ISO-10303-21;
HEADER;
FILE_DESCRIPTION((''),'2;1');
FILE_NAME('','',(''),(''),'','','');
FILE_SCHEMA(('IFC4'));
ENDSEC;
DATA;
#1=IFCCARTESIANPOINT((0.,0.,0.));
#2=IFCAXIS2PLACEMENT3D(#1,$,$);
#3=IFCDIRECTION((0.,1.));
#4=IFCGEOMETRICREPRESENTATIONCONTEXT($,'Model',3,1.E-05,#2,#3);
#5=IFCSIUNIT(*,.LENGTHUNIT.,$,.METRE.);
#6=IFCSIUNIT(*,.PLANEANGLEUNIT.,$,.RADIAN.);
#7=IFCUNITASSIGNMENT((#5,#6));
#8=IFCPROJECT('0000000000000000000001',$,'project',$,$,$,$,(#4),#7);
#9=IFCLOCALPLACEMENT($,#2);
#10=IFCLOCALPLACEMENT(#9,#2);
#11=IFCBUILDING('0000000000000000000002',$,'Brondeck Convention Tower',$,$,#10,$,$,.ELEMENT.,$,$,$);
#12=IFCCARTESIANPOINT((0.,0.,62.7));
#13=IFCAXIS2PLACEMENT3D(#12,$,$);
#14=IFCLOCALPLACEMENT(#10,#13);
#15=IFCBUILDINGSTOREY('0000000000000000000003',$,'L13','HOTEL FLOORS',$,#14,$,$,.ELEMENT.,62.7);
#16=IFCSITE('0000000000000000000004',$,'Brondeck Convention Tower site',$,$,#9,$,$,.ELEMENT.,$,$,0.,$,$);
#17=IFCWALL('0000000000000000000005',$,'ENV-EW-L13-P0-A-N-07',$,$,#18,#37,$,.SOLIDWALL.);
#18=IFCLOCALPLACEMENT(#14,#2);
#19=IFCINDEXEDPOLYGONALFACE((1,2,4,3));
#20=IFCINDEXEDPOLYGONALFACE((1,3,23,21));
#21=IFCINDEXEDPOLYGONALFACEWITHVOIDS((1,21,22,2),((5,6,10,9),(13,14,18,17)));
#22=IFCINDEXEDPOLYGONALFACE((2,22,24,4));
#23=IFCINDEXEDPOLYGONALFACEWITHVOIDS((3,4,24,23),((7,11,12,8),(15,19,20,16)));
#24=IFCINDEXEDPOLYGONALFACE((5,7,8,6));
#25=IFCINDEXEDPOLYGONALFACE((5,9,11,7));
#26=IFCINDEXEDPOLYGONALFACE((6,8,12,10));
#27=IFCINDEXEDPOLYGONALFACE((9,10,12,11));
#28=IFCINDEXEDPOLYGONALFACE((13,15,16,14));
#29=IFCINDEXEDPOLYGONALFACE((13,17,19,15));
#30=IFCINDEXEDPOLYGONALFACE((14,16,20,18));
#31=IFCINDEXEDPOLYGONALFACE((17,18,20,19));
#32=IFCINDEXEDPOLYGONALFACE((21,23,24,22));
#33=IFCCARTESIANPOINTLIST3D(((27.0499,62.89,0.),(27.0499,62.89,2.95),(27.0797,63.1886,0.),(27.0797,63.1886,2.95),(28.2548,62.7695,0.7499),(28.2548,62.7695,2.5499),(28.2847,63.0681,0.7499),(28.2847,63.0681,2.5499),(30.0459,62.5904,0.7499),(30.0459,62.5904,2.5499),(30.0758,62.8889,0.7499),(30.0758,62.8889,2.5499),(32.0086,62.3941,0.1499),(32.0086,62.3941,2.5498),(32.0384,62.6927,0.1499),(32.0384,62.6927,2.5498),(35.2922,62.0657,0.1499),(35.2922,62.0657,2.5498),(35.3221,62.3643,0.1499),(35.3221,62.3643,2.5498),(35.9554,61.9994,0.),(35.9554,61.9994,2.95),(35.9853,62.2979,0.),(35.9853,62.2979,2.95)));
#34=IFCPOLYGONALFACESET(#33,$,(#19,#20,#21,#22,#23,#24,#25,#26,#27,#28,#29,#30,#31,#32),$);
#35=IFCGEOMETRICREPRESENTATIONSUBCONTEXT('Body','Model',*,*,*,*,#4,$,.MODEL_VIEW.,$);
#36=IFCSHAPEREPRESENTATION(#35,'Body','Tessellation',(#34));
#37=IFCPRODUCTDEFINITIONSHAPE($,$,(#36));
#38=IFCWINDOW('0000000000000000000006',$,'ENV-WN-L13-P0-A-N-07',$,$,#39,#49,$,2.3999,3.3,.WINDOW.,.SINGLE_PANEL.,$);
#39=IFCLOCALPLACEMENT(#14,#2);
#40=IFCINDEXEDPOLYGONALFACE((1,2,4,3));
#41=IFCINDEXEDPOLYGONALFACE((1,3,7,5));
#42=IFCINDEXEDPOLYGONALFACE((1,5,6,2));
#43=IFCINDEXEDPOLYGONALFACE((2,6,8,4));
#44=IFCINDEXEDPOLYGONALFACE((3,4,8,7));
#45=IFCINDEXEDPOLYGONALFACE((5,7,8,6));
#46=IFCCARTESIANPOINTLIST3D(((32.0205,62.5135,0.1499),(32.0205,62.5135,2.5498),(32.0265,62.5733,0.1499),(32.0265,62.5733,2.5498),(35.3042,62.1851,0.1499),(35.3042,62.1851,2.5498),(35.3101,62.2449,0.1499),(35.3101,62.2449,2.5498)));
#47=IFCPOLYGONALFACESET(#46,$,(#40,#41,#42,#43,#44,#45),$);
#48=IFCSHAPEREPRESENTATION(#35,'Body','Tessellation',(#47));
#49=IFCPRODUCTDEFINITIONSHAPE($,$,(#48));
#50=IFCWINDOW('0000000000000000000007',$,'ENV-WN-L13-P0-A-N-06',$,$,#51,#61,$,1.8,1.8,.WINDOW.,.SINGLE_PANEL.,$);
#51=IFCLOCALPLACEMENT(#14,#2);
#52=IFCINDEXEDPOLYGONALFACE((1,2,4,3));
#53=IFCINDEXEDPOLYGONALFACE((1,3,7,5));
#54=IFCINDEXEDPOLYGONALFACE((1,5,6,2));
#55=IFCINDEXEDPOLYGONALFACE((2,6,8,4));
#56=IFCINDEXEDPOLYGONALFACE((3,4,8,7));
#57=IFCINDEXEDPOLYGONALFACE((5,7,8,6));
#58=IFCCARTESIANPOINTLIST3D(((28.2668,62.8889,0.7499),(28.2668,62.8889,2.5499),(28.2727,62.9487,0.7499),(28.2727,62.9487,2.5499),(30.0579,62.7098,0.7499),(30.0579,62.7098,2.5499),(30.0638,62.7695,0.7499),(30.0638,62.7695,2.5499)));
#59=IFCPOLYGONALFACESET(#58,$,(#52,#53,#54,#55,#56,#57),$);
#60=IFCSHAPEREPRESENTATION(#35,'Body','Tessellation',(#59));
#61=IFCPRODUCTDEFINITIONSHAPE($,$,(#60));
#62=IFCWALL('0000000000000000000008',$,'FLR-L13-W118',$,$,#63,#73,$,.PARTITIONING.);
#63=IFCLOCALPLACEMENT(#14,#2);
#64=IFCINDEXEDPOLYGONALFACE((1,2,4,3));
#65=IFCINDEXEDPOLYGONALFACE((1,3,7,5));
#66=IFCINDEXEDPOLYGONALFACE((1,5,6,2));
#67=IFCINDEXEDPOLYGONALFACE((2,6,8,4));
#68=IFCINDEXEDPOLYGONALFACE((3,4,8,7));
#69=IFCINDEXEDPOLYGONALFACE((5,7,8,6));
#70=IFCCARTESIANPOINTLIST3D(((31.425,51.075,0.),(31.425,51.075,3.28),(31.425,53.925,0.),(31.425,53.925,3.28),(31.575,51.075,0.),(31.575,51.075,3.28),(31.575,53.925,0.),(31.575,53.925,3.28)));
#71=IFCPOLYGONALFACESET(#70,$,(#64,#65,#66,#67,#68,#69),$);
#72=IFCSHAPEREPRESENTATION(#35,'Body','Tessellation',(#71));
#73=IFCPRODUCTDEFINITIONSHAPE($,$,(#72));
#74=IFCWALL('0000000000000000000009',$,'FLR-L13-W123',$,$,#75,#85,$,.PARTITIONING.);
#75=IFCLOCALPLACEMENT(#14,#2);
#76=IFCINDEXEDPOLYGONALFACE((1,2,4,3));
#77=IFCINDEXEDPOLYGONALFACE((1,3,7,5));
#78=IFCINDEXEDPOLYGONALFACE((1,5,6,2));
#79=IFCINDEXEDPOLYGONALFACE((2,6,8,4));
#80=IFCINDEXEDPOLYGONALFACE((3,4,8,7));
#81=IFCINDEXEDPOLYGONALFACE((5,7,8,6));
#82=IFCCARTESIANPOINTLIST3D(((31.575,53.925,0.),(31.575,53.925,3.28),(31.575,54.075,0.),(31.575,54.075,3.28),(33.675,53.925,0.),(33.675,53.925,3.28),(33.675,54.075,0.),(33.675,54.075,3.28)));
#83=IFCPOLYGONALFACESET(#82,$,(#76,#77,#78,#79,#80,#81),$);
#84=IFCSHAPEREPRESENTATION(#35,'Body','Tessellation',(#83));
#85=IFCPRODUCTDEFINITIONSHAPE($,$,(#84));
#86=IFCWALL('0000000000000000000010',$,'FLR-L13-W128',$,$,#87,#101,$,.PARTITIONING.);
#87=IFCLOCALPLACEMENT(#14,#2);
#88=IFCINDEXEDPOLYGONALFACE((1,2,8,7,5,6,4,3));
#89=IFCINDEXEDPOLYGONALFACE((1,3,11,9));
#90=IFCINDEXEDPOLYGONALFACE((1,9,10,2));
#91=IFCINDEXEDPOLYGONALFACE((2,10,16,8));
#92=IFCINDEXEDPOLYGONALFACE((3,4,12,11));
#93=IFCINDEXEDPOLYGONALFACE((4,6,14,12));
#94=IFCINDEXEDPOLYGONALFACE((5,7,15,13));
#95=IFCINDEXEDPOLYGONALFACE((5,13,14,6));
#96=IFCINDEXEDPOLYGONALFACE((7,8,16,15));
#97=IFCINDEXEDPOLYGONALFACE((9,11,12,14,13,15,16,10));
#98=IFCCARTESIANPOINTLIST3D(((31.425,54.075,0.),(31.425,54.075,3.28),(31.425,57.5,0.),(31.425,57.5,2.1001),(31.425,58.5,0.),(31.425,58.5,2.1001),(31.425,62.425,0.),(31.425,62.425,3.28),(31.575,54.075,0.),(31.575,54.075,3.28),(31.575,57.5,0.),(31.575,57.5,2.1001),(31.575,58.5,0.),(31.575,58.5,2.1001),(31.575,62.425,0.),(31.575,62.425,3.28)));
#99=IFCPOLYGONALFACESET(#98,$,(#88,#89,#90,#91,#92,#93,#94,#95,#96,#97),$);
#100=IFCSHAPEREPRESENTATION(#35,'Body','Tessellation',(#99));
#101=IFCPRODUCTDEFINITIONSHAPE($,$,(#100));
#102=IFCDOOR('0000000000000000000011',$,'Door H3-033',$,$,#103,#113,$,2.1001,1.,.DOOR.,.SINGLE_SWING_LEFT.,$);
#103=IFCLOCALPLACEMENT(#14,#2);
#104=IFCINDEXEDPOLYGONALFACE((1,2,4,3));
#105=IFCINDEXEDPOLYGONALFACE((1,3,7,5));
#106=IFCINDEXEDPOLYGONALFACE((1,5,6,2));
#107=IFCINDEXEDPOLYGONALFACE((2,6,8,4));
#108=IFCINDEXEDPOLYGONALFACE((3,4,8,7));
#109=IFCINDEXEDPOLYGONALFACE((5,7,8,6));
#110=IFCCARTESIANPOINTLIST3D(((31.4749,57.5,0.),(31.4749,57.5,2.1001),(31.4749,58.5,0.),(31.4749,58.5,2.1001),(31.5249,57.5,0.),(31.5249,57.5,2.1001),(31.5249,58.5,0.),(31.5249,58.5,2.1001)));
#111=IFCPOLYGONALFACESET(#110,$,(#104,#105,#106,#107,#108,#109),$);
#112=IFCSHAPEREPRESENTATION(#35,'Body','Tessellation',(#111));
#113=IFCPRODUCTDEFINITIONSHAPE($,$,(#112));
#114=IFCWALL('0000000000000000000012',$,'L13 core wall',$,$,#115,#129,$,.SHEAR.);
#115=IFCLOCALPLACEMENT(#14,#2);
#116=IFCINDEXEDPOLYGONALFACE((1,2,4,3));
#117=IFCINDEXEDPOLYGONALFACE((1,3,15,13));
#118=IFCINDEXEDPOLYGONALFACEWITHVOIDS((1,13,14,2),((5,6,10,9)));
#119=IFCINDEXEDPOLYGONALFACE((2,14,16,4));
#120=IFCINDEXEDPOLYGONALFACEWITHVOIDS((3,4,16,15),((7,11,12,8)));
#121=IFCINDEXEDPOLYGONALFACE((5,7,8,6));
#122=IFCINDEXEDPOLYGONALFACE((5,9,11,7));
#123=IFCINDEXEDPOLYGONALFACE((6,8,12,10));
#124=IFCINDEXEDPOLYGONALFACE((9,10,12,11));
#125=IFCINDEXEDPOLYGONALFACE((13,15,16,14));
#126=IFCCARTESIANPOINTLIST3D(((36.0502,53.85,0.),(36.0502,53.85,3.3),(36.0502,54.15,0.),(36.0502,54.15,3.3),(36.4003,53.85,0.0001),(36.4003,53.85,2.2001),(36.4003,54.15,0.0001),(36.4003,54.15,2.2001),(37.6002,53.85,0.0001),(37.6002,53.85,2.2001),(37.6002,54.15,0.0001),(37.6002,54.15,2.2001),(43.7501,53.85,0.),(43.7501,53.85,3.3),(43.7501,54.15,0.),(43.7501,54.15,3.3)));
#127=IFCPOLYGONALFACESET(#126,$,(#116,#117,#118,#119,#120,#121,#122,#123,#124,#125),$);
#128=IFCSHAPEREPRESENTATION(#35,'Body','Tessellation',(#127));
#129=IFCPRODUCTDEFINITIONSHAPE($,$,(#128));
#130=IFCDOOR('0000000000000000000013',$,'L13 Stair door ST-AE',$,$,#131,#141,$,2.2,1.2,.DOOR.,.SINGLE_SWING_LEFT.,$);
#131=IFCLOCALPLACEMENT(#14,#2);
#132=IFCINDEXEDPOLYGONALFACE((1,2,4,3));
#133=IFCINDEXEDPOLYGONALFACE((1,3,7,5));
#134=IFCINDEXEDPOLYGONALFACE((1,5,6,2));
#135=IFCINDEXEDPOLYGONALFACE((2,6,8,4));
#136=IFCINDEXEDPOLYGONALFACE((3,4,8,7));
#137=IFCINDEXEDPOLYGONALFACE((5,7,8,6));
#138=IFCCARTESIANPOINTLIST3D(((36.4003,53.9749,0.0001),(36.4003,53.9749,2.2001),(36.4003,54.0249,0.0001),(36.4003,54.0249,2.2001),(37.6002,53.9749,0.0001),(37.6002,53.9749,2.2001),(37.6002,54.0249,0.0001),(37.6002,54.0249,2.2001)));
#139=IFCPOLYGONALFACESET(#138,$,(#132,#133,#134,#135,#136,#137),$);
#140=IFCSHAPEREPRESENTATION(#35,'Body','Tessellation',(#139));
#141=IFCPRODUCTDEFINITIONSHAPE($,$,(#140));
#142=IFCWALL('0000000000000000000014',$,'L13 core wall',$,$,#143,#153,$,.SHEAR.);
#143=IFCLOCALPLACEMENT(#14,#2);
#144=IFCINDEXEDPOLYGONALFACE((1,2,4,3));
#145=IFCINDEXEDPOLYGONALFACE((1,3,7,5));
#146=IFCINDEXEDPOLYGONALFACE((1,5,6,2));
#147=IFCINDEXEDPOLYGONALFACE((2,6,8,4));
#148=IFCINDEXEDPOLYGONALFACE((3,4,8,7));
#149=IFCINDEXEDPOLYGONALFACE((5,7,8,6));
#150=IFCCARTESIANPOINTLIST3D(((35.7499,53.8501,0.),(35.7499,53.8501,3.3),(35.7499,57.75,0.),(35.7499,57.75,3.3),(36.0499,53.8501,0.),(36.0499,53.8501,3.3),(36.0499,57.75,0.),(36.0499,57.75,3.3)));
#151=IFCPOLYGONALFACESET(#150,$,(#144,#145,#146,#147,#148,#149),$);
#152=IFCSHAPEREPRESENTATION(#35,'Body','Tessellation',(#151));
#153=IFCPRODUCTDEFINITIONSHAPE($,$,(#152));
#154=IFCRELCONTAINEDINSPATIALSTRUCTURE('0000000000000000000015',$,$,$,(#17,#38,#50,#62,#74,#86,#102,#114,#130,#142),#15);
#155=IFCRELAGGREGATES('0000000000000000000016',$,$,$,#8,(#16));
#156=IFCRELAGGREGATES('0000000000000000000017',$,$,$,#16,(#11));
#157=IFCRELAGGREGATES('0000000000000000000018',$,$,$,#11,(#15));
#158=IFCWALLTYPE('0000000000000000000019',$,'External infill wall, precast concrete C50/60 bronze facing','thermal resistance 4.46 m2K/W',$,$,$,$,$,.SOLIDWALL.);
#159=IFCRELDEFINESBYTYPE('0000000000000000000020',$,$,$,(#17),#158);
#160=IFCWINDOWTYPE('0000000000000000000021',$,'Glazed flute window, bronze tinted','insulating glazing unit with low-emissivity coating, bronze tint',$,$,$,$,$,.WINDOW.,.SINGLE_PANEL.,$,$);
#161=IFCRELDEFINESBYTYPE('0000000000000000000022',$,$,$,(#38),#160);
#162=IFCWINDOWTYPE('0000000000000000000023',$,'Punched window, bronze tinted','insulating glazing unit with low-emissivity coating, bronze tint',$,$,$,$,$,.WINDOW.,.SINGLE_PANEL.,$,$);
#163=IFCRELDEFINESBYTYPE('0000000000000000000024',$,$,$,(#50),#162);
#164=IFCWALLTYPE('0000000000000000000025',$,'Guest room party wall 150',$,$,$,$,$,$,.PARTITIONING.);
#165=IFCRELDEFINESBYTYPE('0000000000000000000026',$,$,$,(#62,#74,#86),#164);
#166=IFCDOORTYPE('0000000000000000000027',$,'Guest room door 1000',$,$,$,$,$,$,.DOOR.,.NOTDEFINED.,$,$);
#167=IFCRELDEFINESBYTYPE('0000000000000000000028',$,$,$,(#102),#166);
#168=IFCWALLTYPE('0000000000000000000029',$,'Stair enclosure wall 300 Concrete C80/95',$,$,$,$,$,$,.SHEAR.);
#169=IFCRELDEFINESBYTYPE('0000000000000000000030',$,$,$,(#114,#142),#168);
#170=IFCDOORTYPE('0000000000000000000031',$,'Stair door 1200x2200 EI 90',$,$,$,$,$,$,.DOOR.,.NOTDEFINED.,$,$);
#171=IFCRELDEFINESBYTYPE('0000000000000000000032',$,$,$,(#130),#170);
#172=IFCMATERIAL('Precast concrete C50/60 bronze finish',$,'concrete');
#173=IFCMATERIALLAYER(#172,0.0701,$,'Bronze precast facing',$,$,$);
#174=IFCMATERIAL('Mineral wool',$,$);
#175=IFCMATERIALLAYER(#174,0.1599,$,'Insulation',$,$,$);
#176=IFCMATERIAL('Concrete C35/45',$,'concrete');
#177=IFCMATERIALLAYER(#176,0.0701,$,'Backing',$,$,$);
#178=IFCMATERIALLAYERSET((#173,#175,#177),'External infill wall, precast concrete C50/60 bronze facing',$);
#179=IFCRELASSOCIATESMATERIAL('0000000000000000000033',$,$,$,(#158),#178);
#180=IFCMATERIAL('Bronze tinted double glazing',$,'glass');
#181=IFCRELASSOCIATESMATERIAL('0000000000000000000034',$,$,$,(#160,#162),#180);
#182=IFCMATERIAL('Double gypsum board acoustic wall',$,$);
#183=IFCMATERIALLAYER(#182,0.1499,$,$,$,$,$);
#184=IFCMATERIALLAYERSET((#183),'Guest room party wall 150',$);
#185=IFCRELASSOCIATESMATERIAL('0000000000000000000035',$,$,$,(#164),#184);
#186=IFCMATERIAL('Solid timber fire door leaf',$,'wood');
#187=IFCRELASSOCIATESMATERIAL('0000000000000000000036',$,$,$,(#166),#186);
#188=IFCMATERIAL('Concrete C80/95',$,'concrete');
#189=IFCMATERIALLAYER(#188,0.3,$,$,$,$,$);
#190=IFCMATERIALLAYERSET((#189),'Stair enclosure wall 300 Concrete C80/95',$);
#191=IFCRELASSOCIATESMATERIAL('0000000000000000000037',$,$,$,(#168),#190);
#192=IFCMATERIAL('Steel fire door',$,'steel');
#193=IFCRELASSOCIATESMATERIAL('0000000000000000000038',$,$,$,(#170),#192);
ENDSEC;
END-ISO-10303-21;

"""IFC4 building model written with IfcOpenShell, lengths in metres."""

from ifc_helpers import new_model, si_unit, direction, frame, frame_2d, origin, place, context, subcontext, project, spatial, rectangle, extrude, material, layer, layer_set, type_object, element, fill, save


model = new_model("IFC4")

# Units and contexts
model_context = context("Model", 3, precision=1e-05, world=origin(), true_north=direction((0.0, 1.0)))
body_context = subcontext(model_context, "Body", "Model", "MODEL_VIEW")
ifc_project = project(units=[si_unit("LENGTHUNIT", "METRE"), si_unit("PLANEANGLEUNIT", "RADIAN")], contexts=[model_context])

# Site, building, storey
site_placement = place(None, origin())
site = spatial("IfcSite", under=ifc_project, at=site_placement, Name="Brondeck Convention Tower site", CompositionType="ELEMENT", RefElevation=0.0)
building_placement = place(site_placement, origin())
building = spatial("IfcBuilding", under=site, at=building_placement, Name="Brondeck Convention Tower", CompositionType="ELEMENT")
storey_placement = place(building_placement, frame((0.0, 0.0, 62.7)))
storey = spatial("IfcBuildingStorey", under=building, at=storey_placement, Name="L13", Description="HOTEL FLOORS", CompositionType="ELEMENT", Elevation=62.7)

# Shared definitions
ifc_material_1 = material(Name="Concrete C80/95", Category="concrete")

# Wall, openings, windows
ifc_material_2 = material(Name="Precast concrete C50/60 bronze finish", Category="concrete")
ifc_layer_1 = layer(ifc_material_2, 0.0701, Name="Bronze precast facing")
ifc_material_3 = material(Name="Mineral wool")
ifc_layer_2 = layer(ifc_material_3, 0.1599, Name="Insulation")
ifc_material_4 = material(Name="Concrete C35/45", Category="concrete")
ifc_layer_3 = layer(ifc_material_4, 0.0701, Name="Backing")
ifc_layer_set_1 = layer_set([ifc_layer_1, ifc_layer_2, ifc_layer_3], Name="External infill wall, precast concrete C50/60 bronze facing")
wall_type_1 = type_object("IfcWallType", Name="External infill wall, precast concrete C50/60 bronze facing", Description="thermal resistance 4.46 m2K/W", PredefinedType="SOLIDWALL", material=ifc_layer_set_1)
ifc_material_5 = material(Name="Bronze tinted double glazing", Category="glass")
window_type_1 = type_object("IfcWindowType", Name="Glazed flute window, bronze tinted", Description="insulating glazing unit with low-emissivity coating, bronze tint", PartitioningType="SINGLE_PANEL", PredefinedType="WINDOW", material=ifc_material_5)
window_type_2 = type_object("IfcWindowType", Name="Punched window, bronze tinted", Description="insulating glazing unit with low-emissivity coating, bronze tint", PartitioningType="SINGLE_PANEL", PredefinedType="WINDOW", material=ifc_material_5)
wall_1_placement = place(storey_placement, frame((27.0647, 63.0393, 0.0), z_axis=(0.0, 0.0, 1.0), x_axis=(0.995036, -0.099512, 0.0)))
wall_1 = element("IfcWall", 1, at=wall_1_placement, inside=storey, type_object=wall_type_1, Name="ENV-EW-L13-P0-A-N-07", PredefinedType="SOLIDWALL", context=body_context, shape_type="SweptSolid", body=[
    extrude(rectangle(XDim=8.95, YDim=0.3, at=frame_2d((4.4751, 0.0))), origin(), (0.0, 0.0, 1.0), 2.95),
])
opening_1_placement = place(wall_1_placement, frame((1.2112, 0.0, 0.75)))
opening_1 = element("IfcOpeningElement", 2, at=opening_1_placement, cuts=wall_1, PredefinedType="OPENING", context=body_context, shape_type="SweptSolid", body=[
    extrude(rectangle(XDim=1.8, YDim=1.8, at=frame_2d((0.8999, 0.8999))), frame((0.0, 0.1599, 0.0), z_axis=(0.0, -1.0, 0.0), x_axis=(1.0, 0.0, 0.0)), (0.0, 0.0, 1.0), 0.3201),
])
opening_2_placement = place(wall_1_placement, frame((4.9836, 0.0, 0.1499)))
opening_2 = element("IfcOpeningElement", 3, at=opening_2_placement, cuts=wall_1, PredefinedType="OPENING", context=body_context, shape_type="SweptSolid", body=[
    extrude(rectangle(XDim=3.3, YDim=2.3999, at=frame_2d((1.6499, 1.2))), frame((0.0, 0.1599, 0.0), z_axis=(0.0, -1.0, 0.0), x_axis=(1.0, 0.0, 0.0)), (0.0, 0.0, 1.0), 0.3201),
])
window_1_placement = place(opening_2_placement, origin())
window_1 = element("IfcWindow", 4, at=window_1_placement, inside=storey, type_object=window_type_1, Name="ENV-WN-L13-P0-A-N-07", OverallHeight=2.3999, OverallWidth=3.3, PartitioningType="SINGLE_PANEL", PredefinedType="WINDOW", context=body_context, shape_type="SweptSolid", body=[
    extrude(rectangle(XDim=3.3, YDim=2.3999, at=frame_2d((1.6499, 1.2))), frame((0.0, 0.03, 0.0), z_axis=(0.0, -1.0, 0.0), x_axis=(1.0, 0.0, 0.0)), (0.0, 0.0, 1.0), 0.0601),
])
fill(opening_2, window_1)
window_2_placement = place(opening_1_placement, origin())
window_2 = element("IfcWindow", 5, at=window_2_placement, inside=storey, type_object=window_type_2, Name="ENV-WN-L13-P0-A-N-06", OverallHeight=1.8, OverallWidth=1.8, PartitioningType="SINGLE_PANEL", PredefinedType="WINDOW", context=body_context, shape_type="SweptSolid", body=[
    extrude(rectangle(XDim=1.8, YDim=1.8, at=frame_2d((0.8999, 0.8999))), frame((0.0, 0.03, 0.0), z_axis=(0.0, -1.0, 0.0), x_axis=(1.0, 0.0, 0.0)), (0.0, 0.0, 1.0), 0.0601),
])
fill(opening_1, window_2)

# Walls
ifc_material_6 = material(Name="Double gypsum board acoustic wall")
ifc_layer_4 = layer(ifc_material_6, 0.1499)
ifc_layer_set_2 = layer_set([ifc_layer_4], Name="Guest room party wall 150")
wall_type_2 = type_object("IfcWallType", Name="Guest room party wall 150", PredefinedType="PARTITIONING", material=ifc_layer_set_2)
wall_2_placement = place(storey_placement, frame((31.5, 53.925, 0.0), z_axis=(0.0, 0.0, 1.0), x_axis=(0.0, -1.0, 0.0)))
element("IfcWall", 6, at=wall_2_placement, inside=storey, type_object=wall_type_2, Name="FLR-L13-W118", PredefinedType="PARTITIONING", context=body_context, shape_type="SweptSolid", body=[
    extrude(rectangle(XDim=2.8501, YDim=0.1499, at=frame_2d((1.425, 0.0))), origin(), (0.0, 0.0, 1.0), 3.28),
])
wall_3_placement = place(storey_placement, frame((33.675, 54.0, 0.0), z_axis=(0.0, 0.0, 1.0), x_axis=(-1.0, 0.0, 0.0)))
element("IfcWall", 7, at=wall_3_placement, inside=storey, type_object=wall_type_2, Name="FLR-L13-W123", PredefinedType="PARTITIONING", context=body_context, shape_type="SweptSolid", body=[
    extrude(rectangle(XDim=2.1001, YDim=0.1499, at=frame_2d((1.05, 0.0))), origin(), (0.0, 0.0, 1.0), 3.28),
])

# Walls, openings, doors
wall_4_placement = place(storey_placement, frame((31.5, 62.425, 0.0), z_axis=(0.0, 0.0, 1.0), x_axis=(0.0, -1.0, 0.0)))
wall_4 = element("IfcWall", 8, at=wall_4_placement, inside=storey, type_object=wall_type_2, Name="FLR-L13-W128", PredefinedType="PARTITIONING", context=body_context, shape_type="SweptSolid", body=[
    extrude(rectangle(XDim=8.3501, YDim=0.1499, at=frame_2d((4.175, 0.0))), origin(), (0.0, 0.0, 1.0), 3.28),
])
opening_3_placement = place(wall_4_placement, frame((3.925, 0.0, 0.0)))
opening_3 = element("IfcOpeningElement", 9, at=opening_3_placement, cuts=wall_4, PredefinedType="OPENING", context=body_context, shape_type="SweptSolid", body=[
    extrude(rectangle(XDim=1.0, YDim=2.1001, at=frame_2d((0.5, 1.05))), frame((0.0, 0.085, 0.0), z_axis=(0.0, -1.0, 0.0), x_axis=(1.0, 0.0, 0.0)), (0.0, 0.0, 1.0), 0.1699),
])
ifc_material_7 = material(Name="Solid timber fire door leaf", Category="wood")
door_type_1 = type_object("IfcDoorType", Name="Guest room door 1000", OperationType="NOTDEFINED", PredefinedType="DOOR", material=ifc_material_7)
door_1_placement = place(opening_3_placement, origin())
door_1 = element("IfcDoor", 10, at=door_1_placement, inside=storey, type_object=door_type_1, Name="Door H3-033", OperationType="SINGLE_SWING_LEFT", OverallHeight=2.1001, OverallWidth=1.0, PredefinedType="DOOR", context=body_context, shape_type="SweptSolid", body=[
    extrude(rectangle(XDim=1.0, YDim=2.1001, at=frame_2d((0.5, 1.05))), frame((0.0, 0.0249, 0.0), z_axis=(0.0, -1.0, 0.0), x_axis=(1.0, 0.0, 0.0)), (0.0, 0.0, 1.0), 0.05),
])
fill(opening_3, door_1)
ifc_layer_5 = layer(ifc_material_1, 0.3)
ifc_layer_set_3 = layer_set([ifc_layer_5], Name="Stair enclosure wall 300 Concrete C80/95")
wall_type_3 = type_object("IfcWallType", Name="Stair enclosure wall 300 Concrete C80/95", PredefinedType="SHEAR", material=ifc_layer_set_3)
wall_5_placement = place(storey_placement, frame((36.05, 54.0, 0.0), z_axis=(0.0, 0.0, 1.0), x_axis=(1.0, 0.0, 0.0)))
wall_5 = element("IfcWall", 11, at=wall_5_placement, inside=storey, type_object=wall_type_3, Name="L13 core wall", PredefinedType="SHEAR", context=body_context, shape_type="SweptSolid", body=[
    extrude(rectangle(XDim=7.7, YDim=0.3, at=frame_2d((3.8501, 0.0))), origin(), (0.0, 0.0, 1.0), 3.3),
])
opening_4_placement = place(wall_5_placement, frame((0.3501, 0.0, 0.0)))
opening_4 = element("IfcOpeningElement", 12, at=opening_4_placement, cuts=wall_5, PredefinedType="OPENING", context=body_context, shape_type="SweptSolid", body=[
    extrude(rectangle(XDim=1.2, YDim=2.2, at=frame_2d((0.6001, 1.1001))), frame((0.0, 0.1599, 0.0), z_axis=(0.0, -1.0, 0.0), x_axis=(1.0, 0.0, 0.0)), (0.0, 0.0, 1.0), 0.3201),
])
ifc_material_8 = material(Name="Steel fire door", Category="steel")
door_type_2 = type_object("IfcDoorType", Name="Stair door 1200x2200 EI 90", OperationType="NOTDEFINED", PredefinedType="DOOR", material=ifc_material_8)
door_2_placement = place(opening_4_placement, origin())
door_2 = element("IfcDoor", 13, at=door_2_placement, inside=storey, type_object=door_type_2, Name="L13 Stair door ST-AE", OperationType="SINGLE_SWING_LEFT", OverallHeight=2.2, OverallWidth=1.2, PredefinedType="DOOR", context=body_context, shape_type="SweptSolid", body=[
    extrude(rectangle(XDim=1.2, YDim=2.2, at=frame_2d((0.6001, 1.1001))), frame((0.0, 0.0249, 0.0), z_axis=(0.0, -1.0, 0.0), x_axis=(1.0, 0.0, 0.0)), (0.0, 0.0, 1.0), 0.05),
])
fill(opening_4, door_2)

# Wall
wall_6_placement = place(storey_placement, frame((35.8999, 53.8501, 0.0), z_axis=(0.0, 0.0, 1.0), x_axis=(0.0, 1.0, 0.0)))
element("IfcWall", 14, at=wall_6_placement, inside=storey, type_object=wall_type_3, Name="L13 core wall", PredefinedType="SHEAR", context=body_context, shape_type="SweptSolid", body=[
    extrude(rectangle(XDim=3.8999, YDim=0.3, at=frame_2d((1.95, 0.0))), origin(), (0.0, 0.0, 1.0), 3.3),
])

save(model, "model.ifc")
